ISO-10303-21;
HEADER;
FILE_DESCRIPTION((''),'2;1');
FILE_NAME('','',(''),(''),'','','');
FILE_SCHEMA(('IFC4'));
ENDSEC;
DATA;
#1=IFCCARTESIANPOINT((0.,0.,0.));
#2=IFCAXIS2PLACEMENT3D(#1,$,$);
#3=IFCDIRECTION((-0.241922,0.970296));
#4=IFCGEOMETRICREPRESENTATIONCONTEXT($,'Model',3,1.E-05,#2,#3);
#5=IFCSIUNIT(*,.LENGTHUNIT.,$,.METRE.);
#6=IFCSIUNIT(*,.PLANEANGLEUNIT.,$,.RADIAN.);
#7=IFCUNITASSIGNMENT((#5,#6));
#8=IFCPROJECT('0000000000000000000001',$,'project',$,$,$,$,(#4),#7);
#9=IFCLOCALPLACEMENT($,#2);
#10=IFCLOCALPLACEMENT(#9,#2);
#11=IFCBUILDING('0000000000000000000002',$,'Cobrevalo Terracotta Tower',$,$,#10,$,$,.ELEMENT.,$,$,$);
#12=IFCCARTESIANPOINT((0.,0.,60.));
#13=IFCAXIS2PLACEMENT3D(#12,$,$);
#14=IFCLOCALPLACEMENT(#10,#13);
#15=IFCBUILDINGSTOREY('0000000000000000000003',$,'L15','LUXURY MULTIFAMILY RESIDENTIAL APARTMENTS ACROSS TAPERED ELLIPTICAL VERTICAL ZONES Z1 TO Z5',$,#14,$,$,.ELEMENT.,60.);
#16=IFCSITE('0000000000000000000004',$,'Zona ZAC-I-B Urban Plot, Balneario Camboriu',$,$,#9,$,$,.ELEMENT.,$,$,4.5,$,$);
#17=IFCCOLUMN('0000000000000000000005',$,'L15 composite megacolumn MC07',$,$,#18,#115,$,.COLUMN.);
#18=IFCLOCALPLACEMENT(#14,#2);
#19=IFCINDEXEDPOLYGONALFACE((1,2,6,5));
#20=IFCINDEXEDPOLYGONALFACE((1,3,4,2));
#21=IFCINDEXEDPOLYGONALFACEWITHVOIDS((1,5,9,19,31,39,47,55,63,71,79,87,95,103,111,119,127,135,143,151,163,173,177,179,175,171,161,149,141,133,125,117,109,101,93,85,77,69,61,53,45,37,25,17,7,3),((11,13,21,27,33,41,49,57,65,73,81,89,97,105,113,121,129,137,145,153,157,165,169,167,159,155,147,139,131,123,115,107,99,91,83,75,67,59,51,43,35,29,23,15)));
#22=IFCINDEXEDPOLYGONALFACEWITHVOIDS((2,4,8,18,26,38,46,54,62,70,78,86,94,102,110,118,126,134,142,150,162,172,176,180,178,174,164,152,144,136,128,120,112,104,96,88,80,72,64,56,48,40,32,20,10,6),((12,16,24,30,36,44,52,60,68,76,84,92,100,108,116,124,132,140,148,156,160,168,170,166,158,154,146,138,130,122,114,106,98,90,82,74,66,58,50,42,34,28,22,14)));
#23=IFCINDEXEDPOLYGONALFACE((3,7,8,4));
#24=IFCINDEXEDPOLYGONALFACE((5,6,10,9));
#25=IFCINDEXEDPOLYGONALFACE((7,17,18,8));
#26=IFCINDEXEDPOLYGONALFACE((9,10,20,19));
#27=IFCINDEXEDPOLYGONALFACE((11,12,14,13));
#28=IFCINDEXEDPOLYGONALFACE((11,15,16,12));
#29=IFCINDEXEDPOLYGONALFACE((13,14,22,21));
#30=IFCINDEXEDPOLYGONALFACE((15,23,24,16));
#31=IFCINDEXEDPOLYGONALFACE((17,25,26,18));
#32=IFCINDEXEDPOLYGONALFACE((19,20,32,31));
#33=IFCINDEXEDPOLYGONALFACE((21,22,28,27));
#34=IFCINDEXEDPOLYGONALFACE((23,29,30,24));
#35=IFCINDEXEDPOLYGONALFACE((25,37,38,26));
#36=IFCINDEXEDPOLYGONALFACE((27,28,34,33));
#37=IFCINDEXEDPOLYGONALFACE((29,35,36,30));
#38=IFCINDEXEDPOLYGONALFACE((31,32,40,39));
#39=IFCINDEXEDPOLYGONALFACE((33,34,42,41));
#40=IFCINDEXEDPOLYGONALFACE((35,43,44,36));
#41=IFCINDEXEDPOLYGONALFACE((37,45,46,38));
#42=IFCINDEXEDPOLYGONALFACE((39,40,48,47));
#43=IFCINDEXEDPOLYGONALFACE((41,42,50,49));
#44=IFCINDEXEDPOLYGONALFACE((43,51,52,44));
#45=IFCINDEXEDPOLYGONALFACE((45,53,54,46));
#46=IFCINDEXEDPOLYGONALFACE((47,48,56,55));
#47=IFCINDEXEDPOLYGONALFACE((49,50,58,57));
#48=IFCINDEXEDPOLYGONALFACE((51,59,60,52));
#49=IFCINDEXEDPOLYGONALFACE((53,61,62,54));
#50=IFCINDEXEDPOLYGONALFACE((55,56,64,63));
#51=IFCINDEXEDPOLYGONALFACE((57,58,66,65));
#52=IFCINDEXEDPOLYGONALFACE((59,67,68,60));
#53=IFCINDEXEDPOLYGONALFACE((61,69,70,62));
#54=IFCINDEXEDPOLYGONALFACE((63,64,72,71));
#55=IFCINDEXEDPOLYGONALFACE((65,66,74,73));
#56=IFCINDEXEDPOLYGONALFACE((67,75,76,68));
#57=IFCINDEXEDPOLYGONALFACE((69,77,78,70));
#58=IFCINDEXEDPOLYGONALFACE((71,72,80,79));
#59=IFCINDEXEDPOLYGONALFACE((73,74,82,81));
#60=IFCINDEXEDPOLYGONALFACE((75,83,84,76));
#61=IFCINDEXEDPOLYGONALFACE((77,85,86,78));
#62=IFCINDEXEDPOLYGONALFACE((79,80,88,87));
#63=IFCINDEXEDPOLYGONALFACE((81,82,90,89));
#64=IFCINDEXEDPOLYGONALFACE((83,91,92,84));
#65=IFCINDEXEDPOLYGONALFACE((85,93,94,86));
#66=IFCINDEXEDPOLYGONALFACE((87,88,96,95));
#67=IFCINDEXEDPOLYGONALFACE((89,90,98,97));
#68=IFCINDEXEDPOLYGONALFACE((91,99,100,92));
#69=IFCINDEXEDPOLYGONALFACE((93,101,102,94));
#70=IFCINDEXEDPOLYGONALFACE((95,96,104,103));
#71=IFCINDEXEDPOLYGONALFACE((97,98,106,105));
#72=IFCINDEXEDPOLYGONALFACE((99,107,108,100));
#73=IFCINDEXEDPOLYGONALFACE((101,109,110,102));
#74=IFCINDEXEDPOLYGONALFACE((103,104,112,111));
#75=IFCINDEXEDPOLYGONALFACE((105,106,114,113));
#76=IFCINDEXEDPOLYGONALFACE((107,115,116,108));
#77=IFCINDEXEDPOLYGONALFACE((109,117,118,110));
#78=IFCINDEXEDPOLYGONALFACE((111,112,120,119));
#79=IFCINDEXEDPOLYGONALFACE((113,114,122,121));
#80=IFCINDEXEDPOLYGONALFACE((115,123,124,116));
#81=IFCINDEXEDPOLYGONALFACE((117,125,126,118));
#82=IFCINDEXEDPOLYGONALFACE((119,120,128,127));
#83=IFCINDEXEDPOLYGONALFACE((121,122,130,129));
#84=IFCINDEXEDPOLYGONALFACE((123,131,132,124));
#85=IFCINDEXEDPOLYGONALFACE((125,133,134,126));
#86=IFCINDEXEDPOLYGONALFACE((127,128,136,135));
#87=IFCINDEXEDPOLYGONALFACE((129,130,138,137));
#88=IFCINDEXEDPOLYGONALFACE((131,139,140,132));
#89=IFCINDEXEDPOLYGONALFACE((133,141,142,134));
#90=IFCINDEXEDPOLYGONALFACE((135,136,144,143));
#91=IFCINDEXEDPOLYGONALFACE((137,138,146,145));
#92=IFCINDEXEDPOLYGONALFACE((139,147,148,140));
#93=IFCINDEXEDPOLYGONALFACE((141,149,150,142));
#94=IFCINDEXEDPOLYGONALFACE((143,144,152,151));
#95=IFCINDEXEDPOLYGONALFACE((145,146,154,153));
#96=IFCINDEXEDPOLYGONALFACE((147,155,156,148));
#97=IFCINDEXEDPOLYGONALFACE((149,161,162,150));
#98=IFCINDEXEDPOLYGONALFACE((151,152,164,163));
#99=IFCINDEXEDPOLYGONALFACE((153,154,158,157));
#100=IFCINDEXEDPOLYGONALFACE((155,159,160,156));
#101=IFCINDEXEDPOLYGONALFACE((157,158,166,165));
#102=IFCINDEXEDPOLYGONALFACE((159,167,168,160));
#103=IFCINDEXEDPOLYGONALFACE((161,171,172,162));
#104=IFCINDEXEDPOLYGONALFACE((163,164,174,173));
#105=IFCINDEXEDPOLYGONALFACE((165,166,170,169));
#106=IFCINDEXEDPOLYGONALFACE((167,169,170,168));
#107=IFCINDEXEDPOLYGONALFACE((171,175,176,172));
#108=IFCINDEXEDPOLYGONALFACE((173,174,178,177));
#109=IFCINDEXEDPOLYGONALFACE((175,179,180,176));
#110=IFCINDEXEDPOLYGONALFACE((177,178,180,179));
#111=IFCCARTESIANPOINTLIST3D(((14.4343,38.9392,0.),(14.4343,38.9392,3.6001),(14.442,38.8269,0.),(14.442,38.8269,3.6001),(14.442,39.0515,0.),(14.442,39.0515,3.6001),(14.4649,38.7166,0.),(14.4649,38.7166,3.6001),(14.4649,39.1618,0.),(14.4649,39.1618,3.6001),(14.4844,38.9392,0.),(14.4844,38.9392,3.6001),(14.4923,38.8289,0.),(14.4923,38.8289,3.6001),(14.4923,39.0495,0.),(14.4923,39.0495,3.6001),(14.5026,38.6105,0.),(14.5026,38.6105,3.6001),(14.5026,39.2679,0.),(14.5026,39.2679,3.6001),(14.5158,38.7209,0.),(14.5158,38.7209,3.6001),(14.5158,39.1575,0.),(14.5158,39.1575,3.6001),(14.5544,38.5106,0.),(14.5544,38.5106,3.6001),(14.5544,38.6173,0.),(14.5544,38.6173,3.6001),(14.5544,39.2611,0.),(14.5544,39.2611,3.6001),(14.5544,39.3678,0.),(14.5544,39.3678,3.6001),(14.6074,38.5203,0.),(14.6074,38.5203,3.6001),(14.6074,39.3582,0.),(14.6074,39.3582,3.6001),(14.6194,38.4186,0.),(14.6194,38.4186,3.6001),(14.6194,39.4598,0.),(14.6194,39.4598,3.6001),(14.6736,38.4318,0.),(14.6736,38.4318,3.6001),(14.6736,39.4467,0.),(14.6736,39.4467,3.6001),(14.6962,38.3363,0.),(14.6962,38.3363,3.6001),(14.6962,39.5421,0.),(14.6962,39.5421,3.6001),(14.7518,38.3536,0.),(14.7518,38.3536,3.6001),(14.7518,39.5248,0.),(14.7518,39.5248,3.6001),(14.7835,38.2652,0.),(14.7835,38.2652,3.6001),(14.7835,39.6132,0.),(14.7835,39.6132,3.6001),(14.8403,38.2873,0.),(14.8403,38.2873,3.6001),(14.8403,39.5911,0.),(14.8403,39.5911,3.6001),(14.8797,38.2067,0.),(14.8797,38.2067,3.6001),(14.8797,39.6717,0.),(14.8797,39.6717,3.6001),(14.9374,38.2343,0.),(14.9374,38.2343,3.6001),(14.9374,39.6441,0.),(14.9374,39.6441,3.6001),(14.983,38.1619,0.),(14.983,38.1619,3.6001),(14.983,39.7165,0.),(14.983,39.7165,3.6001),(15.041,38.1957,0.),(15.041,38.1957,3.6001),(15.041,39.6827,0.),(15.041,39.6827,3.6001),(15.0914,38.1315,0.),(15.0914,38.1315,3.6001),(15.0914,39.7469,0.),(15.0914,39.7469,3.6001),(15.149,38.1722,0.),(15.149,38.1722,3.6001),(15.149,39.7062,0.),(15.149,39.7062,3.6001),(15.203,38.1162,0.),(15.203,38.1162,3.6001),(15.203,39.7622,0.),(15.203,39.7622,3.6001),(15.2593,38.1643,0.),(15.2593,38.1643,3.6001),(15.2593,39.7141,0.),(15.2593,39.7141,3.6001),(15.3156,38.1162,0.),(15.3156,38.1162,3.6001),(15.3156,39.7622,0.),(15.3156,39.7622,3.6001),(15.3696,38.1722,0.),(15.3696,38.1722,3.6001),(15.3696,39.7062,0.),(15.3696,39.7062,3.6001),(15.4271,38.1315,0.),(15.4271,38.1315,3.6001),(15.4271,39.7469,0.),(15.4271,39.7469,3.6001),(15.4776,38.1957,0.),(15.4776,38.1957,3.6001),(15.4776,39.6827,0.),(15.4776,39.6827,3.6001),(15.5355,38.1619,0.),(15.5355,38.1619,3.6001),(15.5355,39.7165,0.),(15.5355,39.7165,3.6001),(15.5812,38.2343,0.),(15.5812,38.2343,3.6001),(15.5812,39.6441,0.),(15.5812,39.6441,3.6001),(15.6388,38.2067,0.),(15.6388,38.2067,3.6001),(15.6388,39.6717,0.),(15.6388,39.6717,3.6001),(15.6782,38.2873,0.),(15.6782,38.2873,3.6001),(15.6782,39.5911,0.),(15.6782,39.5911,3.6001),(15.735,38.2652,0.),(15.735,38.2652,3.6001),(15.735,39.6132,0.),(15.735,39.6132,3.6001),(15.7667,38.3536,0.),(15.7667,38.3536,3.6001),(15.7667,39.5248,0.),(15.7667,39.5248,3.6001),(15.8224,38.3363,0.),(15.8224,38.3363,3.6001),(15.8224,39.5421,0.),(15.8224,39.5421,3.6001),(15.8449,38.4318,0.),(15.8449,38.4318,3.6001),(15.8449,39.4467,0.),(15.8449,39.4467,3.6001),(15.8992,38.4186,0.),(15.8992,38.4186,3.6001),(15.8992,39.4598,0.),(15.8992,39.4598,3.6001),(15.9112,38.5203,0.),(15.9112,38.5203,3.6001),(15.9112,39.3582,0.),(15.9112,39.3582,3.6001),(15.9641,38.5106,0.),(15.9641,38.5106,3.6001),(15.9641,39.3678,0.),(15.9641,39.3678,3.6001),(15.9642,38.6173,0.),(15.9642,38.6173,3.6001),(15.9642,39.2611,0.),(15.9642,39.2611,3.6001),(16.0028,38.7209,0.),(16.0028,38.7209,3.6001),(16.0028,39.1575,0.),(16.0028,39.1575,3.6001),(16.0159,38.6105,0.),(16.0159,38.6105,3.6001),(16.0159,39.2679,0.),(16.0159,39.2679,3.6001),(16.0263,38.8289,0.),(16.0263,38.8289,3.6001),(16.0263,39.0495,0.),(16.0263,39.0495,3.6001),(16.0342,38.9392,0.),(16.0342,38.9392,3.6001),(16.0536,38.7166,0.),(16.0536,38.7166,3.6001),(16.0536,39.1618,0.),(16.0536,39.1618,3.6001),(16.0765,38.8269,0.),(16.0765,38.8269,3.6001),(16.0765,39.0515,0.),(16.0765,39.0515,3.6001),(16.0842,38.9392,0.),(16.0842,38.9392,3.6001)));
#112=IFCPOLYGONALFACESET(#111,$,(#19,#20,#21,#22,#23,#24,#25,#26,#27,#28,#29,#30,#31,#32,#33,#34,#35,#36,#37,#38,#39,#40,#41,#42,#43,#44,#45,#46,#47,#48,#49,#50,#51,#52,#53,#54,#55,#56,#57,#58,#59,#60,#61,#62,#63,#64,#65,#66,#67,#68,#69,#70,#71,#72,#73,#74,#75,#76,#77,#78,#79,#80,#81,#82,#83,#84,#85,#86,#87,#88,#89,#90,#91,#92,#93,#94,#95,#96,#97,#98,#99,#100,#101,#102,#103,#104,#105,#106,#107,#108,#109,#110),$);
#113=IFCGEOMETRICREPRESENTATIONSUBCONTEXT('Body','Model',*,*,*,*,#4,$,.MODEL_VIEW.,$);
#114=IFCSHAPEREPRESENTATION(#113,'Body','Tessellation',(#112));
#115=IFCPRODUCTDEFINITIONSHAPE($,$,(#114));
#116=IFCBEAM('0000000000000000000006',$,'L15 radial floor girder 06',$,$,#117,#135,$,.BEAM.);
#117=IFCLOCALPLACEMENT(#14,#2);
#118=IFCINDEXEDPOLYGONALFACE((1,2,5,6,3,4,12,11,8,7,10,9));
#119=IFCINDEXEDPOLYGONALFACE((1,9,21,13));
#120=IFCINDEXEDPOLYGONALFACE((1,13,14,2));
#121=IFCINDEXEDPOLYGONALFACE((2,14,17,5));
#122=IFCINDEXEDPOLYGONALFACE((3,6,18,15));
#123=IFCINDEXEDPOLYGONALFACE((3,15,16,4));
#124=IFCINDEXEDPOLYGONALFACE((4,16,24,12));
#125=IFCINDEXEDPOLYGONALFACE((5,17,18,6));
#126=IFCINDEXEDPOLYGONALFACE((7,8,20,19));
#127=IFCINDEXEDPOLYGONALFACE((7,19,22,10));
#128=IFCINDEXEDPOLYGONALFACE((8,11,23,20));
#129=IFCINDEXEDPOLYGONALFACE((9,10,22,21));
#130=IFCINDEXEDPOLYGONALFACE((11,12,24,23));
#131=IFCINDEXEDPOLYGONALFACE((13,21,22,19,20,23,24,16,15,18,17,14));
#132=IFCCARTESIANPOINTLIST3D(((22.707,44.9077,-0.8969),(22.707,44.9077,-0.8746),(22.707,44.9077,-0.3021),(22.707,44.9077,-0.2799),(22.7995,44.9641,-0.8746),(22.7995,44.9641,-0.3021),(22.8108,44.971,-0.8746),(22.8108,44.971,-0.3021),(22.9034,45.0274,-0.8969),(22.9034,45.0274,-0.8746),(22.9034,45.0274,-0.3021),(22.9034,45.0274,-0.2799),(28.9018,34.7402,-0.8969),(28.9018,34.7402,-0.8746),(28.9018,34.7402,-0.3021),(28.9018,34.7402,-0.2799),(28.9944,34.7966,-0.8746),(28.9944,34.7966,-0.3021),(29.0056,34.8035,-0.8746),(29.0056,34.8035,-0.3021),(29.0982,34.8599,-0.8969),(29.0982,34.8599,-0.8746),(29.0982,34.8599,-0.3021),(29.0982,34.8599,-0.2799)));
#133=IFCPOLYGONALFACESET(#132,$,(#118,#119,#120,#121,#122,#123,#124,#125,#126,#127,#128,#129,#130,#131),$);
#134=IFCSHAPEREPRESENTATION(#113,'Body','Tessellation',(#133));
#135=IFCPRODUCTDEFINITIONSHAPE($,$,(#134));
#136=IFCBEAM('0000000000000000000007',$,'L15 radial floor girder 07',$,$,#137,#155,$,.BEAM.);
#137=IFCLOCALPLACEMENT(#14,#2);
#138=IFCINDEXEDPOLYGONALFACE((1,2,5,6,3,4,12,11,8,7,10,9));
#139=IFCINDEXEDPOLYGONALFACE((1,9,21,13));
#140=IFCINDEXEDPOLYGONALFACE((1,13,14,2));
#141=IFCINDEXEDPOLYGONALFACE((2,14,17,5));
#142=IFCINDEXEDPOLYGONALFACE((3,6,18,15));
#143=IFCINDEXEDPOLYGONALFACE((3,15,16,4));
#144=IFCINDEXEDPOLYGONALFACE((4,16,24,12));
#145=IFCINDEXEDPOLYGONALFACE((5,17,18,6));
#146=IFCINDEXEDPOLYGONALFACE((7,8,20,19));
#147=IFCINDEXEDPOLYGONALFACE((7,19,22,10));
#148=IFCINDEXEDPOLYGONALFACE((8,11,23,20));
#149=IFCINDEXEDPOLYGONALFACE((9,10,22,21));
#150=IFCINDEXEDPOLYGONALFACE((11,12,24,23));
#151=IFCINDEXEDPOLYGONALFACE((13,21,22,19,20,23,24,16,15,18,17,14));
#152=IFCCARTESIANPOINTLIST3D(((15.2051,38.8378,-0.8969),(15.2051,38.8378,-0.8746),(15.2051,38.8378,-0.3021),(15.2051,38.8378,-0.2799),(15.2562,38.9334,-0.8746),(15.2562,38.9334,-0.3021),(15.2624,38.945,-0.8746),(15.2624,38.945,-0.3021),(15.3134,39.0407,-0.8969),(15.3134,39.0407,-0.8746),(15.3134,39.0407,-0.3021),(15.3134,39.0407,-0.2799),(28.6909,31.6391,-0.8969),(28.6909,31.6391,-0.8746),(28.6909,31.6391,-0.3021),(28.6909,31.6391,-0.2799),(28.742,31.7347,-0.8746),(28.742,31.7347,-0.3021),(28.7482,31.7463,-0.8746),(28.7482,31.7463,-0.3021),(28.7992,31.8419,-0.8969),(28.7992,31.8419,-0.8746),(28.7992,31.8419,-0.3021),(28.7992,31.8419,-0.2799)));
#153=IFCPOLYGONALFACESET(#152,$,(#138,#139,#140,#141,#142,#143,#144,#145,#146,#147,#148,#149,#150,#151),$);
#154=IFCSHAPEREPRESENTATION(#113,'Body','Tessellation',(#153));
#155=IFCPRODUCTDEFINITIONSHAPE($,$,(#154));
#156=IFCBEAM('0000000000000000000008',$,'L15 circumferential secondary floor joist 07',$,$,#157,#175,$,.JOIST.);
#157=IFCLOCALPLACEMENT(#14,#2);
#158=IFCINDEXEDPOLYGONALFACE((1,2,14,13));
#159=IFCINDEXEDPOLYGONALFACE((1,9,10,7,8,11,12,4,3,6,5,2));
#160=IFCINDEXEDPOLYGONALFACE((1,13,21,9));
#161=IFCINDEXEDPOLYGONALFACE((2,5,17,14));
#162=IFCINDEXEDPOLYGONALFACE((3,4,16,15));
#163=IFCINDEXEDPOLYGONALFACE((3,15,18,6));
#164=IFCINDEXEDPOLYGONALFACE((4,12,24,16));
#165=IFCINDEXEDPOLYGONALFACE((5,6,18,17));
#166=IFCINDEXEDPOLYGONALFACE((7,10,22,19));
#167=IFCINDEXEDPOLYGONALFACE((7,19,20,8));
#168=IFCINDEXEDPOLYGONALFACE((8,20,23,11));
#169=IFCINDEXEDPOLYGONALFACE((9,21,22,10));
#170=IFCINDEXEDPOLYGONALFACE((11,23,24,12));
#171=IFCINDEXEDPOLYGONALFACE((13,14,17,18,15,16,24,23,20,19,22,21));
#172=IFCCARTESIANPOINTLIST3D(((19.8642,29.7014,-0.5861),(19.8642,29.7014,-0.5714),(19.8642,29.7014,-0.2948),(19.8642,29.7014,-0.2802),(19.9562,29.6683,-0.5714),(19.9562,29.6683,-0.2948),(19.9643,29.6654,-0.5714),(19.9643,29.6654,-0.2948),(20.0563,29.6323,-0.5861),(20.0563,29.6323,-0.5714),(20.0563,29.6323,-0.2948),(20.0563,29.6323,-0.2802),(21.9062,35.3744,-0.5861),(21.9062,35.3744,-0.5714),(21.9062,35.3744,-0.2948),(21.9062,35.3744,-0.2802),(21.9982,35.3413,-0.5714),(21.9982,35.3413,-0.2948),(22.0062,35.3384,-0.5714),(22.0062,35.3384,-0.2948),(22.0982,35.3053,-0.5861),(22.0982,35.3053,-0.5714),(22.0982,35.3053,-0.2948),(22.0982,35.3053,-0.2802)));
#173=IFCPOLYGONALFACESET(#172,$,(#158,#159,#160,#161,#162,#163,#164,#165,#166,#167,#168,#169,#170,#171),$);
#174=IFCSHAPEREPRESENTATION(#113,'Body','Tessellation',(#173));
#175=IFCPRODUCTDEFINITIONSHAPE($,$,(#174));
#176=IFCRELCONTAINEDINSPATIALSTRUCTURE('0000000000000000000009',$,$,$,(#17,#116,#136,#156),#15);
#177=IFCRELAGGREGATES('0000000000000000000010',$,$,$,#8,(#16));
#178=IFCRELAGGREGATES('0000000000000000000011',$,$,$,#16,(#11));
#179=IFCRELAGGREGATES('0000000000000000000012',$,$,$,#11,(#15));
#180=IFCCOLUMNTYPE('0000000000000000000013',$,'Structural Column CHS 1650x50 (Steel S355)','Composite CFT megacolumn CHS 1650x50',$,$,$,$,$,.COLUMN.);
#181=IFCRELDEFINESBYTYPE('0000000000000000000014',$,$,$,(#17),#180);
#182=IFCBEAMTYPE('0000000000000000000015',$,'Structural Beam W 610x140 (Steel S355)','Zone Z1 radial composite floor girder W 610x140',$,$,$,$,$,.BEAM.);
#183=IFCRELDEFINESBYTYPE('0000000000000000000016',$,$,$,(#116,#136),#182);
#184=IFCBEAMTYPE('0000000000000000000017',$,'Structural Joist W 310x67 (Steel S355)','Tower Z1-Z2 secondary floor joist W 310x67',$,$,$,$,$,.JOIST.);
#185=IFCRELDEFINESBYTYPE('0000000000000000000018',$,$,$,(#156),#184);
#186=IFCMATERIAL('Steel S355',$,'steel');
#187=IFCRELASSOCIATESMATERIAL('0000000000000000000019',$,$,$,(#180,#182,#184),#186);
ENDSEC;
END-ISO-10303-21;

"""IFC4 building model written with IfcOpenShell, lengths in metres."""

from ifc_helpers import new_model, si_unit, direction, frame, origin, origin_2d, place, context, subcontext, project, spatial, hollow_circle, i_section, extrude, material, material_profile, profile_set, type_object, element, save


model = new_model("IFC4")

# Units and contexts
model_context = context("Model", 3, precision=1e-05, world=origin(), true_north=direction((-0.241922, 0.970296)))
body_context = subcontext(model_context, "Body", "Model", "MODEL_VIEW")
ifc_project = project(units=[si_unit("LENGTHUNIT", "METRE"), si_unit("PLANEANGLEUNIT", "RADIAN")], contexts=[model_context])

# Site, building, storey
site_placement = place(None, origin())
site = spatial("IfcSite", under=ifc_project, at=site_placement, Name="Zona ZAC-I-B Urban Plot, Balneario Camboriu", CompositionType="ELEMENT", RefElevation=4.5)
building_placement = place(site_placement, origin())
building = spatial("IfcBuilding", under=site, at=building_placement, Name="Cobrevalo Terracotta Tower", CompositionType="ELEMENT")
storey_placement = place(building_placement, frame((0.0, 0.0, 60.0)))
storey = spatial("IfcBuildingStorey", under=building, at=storey_placement, Name="L15", Description="LUXURY MULTIFAMILY RESIDENTIAL APARTMENTS ACROSS TAPERED ELLIPTICAL VERTICAL ZONES Z1 TO Z5", CompositionType="ELEMENT", Elevation=60.0)

# Column
ifc_material_1 = material(Name="Steel S355", Category="steel")
ifc_material_profile_1 = material_profile(ifc_material_1, hollow_circle(Radius=0.825, WallThickness=0.05, at=origin_2d()), Name="CHS 1650x50")
ifc_profile_set_1 = profile_set([ifc_material_profile_1], Name="Steel S355")
column_type = type_object("IfcColumnType", Name="Structural Column CHS 1650x50 (Steel S355)", Description="Composite CFT megacolumn CHS 1650x50", PredefinedType="COLUMN", material=ifc_profile_set_1)
for number, where, z_axis, x_axis, name in (
    (1, (15.2593, 38.9392, 0.0), (0.0, 0.0, 1.0), (1.0, 0.0, 0.0), "L15 composite megacolumn MC07"),
):
    element("IfcColumn", number, at=place(storey_placement, frame(where, z_axis=z_axis, x_axis=x_axis)), inside=storey, type_object=column_type, Name=name, PredefinedType="COLUMN", context=body_context, shape_type="SweptSolid", body=[
        extrude(hollow_circle(Radius=0.825, WallThickness=0.05, at=origin_2d()), origin(), (0.0, 0.0, 1.0), 3.6001),
    ])

# Beams
ifc_material_profile_2 = material_profile(ifc_material_1, i_section(OverallWidth=0.23, OverallDepth=0.6169, WebThickness=0.0132, FlangeThickness=0.0222, at=origin_2d()), Name="W 610x140")
ifc_profile_set_2 = profile_set([ifc_material_profile_2], Name="Steel S355")
beam_type_1 = type_object("IfcBeamType", Name="Structural Beam W 610x140 (Steel S355)", Description="Zone Z1 radial composite floor girder W 610x140", PredefinedType="BEAM", material=ifc_profile_set_2)
beam_1_placement = place(storey_placement, frame((22.8052, 44.9675, -0.5884), z_axis=(0.52031, -0.853978, 0.0), x_axis=(0.853978, 0.52031, 0.0)))
element("IfcBeam", 2, at=beam_1_placement, inside=storey, type_object=beam_type_1, Name="L15 radial floor girder 06", PredefinedType="BEAM", context=body_context, shape_type="SweptSolid", body=[
    extrude(i_section(OverallWidth=0.23, OverallDepth=0.6169, WebThickness=0.0132, FlangeThickness=0.0222, at=origin_2d()), origin(), (0.0, 0.0, 1.0), 11.906),
])
beam_2_placement = place(storey_placement, frame((15.2593, 38.9392, -0.5884), z_axis=(0.882182, -0.470908, 0.0), x_axis=(0.470908, 0.882182, 0.0)))
element("IfcBeam", 3, at=beam_2_placement, inside=storey, type_object=beam_type_1, Name="L15 radial floor girder 07", PredefinedType="BEAM", context=body_context, shape_type="SweptSolid", body=[
    extrude(i_section(OverallWidth=0.23, OverallDepth=0.6169, WebThickness=0.0132, FlangeThickness=0.0222, at=origin_2d()), origin(), (0.0, 0.0, 1.0), 15.2869),
])
ifc_material_profile_3 = material_profile(ifc_material_1, i_section(OverallWidth=0.2041, OverallDepth=0.3059, WebThickness=0.0085, FlangeThickness=0.0146, at=origin_2d()), Name="W 310x67")
ifc_profile_set_3 = profile_set([ifc_material_profile_3], Name="Steel S355")
beam_type_2 = type_object("IfcBeamType", Name="Structural Joist W 310x67 (Steel S355)", Description="Tower Z1-Z2 secondary floor joist W 310x67", PredefinedType="JOIST", material=ifc_profile_set_3)
beam_3_placement = place(storey_placement, frame((22.0022, 35.3398, -0.4331), z_axis=(-0.338672, -0.940904, 0.0), x_axis=(0.940904, -0.338672, 0.0)))
element("IfcBeam", 4, at=beam_3_placement, inside=storey, type_object=beam_type_2, Name="L15 circumferential secondary floor joist 07", PredefinedType="JOIST", context=body_context, shape_type="SweptSolid", body=[
    extrude(i_section(OverallWidth=0.2041, OverallDepth=0.3059, WebThickness=0.0085, FlangeThickness=0.0146, at=origin_2d()), origin(), (0.0, 0.0, 1.0), 6.0293),
])

save(model, "model.ifc")
